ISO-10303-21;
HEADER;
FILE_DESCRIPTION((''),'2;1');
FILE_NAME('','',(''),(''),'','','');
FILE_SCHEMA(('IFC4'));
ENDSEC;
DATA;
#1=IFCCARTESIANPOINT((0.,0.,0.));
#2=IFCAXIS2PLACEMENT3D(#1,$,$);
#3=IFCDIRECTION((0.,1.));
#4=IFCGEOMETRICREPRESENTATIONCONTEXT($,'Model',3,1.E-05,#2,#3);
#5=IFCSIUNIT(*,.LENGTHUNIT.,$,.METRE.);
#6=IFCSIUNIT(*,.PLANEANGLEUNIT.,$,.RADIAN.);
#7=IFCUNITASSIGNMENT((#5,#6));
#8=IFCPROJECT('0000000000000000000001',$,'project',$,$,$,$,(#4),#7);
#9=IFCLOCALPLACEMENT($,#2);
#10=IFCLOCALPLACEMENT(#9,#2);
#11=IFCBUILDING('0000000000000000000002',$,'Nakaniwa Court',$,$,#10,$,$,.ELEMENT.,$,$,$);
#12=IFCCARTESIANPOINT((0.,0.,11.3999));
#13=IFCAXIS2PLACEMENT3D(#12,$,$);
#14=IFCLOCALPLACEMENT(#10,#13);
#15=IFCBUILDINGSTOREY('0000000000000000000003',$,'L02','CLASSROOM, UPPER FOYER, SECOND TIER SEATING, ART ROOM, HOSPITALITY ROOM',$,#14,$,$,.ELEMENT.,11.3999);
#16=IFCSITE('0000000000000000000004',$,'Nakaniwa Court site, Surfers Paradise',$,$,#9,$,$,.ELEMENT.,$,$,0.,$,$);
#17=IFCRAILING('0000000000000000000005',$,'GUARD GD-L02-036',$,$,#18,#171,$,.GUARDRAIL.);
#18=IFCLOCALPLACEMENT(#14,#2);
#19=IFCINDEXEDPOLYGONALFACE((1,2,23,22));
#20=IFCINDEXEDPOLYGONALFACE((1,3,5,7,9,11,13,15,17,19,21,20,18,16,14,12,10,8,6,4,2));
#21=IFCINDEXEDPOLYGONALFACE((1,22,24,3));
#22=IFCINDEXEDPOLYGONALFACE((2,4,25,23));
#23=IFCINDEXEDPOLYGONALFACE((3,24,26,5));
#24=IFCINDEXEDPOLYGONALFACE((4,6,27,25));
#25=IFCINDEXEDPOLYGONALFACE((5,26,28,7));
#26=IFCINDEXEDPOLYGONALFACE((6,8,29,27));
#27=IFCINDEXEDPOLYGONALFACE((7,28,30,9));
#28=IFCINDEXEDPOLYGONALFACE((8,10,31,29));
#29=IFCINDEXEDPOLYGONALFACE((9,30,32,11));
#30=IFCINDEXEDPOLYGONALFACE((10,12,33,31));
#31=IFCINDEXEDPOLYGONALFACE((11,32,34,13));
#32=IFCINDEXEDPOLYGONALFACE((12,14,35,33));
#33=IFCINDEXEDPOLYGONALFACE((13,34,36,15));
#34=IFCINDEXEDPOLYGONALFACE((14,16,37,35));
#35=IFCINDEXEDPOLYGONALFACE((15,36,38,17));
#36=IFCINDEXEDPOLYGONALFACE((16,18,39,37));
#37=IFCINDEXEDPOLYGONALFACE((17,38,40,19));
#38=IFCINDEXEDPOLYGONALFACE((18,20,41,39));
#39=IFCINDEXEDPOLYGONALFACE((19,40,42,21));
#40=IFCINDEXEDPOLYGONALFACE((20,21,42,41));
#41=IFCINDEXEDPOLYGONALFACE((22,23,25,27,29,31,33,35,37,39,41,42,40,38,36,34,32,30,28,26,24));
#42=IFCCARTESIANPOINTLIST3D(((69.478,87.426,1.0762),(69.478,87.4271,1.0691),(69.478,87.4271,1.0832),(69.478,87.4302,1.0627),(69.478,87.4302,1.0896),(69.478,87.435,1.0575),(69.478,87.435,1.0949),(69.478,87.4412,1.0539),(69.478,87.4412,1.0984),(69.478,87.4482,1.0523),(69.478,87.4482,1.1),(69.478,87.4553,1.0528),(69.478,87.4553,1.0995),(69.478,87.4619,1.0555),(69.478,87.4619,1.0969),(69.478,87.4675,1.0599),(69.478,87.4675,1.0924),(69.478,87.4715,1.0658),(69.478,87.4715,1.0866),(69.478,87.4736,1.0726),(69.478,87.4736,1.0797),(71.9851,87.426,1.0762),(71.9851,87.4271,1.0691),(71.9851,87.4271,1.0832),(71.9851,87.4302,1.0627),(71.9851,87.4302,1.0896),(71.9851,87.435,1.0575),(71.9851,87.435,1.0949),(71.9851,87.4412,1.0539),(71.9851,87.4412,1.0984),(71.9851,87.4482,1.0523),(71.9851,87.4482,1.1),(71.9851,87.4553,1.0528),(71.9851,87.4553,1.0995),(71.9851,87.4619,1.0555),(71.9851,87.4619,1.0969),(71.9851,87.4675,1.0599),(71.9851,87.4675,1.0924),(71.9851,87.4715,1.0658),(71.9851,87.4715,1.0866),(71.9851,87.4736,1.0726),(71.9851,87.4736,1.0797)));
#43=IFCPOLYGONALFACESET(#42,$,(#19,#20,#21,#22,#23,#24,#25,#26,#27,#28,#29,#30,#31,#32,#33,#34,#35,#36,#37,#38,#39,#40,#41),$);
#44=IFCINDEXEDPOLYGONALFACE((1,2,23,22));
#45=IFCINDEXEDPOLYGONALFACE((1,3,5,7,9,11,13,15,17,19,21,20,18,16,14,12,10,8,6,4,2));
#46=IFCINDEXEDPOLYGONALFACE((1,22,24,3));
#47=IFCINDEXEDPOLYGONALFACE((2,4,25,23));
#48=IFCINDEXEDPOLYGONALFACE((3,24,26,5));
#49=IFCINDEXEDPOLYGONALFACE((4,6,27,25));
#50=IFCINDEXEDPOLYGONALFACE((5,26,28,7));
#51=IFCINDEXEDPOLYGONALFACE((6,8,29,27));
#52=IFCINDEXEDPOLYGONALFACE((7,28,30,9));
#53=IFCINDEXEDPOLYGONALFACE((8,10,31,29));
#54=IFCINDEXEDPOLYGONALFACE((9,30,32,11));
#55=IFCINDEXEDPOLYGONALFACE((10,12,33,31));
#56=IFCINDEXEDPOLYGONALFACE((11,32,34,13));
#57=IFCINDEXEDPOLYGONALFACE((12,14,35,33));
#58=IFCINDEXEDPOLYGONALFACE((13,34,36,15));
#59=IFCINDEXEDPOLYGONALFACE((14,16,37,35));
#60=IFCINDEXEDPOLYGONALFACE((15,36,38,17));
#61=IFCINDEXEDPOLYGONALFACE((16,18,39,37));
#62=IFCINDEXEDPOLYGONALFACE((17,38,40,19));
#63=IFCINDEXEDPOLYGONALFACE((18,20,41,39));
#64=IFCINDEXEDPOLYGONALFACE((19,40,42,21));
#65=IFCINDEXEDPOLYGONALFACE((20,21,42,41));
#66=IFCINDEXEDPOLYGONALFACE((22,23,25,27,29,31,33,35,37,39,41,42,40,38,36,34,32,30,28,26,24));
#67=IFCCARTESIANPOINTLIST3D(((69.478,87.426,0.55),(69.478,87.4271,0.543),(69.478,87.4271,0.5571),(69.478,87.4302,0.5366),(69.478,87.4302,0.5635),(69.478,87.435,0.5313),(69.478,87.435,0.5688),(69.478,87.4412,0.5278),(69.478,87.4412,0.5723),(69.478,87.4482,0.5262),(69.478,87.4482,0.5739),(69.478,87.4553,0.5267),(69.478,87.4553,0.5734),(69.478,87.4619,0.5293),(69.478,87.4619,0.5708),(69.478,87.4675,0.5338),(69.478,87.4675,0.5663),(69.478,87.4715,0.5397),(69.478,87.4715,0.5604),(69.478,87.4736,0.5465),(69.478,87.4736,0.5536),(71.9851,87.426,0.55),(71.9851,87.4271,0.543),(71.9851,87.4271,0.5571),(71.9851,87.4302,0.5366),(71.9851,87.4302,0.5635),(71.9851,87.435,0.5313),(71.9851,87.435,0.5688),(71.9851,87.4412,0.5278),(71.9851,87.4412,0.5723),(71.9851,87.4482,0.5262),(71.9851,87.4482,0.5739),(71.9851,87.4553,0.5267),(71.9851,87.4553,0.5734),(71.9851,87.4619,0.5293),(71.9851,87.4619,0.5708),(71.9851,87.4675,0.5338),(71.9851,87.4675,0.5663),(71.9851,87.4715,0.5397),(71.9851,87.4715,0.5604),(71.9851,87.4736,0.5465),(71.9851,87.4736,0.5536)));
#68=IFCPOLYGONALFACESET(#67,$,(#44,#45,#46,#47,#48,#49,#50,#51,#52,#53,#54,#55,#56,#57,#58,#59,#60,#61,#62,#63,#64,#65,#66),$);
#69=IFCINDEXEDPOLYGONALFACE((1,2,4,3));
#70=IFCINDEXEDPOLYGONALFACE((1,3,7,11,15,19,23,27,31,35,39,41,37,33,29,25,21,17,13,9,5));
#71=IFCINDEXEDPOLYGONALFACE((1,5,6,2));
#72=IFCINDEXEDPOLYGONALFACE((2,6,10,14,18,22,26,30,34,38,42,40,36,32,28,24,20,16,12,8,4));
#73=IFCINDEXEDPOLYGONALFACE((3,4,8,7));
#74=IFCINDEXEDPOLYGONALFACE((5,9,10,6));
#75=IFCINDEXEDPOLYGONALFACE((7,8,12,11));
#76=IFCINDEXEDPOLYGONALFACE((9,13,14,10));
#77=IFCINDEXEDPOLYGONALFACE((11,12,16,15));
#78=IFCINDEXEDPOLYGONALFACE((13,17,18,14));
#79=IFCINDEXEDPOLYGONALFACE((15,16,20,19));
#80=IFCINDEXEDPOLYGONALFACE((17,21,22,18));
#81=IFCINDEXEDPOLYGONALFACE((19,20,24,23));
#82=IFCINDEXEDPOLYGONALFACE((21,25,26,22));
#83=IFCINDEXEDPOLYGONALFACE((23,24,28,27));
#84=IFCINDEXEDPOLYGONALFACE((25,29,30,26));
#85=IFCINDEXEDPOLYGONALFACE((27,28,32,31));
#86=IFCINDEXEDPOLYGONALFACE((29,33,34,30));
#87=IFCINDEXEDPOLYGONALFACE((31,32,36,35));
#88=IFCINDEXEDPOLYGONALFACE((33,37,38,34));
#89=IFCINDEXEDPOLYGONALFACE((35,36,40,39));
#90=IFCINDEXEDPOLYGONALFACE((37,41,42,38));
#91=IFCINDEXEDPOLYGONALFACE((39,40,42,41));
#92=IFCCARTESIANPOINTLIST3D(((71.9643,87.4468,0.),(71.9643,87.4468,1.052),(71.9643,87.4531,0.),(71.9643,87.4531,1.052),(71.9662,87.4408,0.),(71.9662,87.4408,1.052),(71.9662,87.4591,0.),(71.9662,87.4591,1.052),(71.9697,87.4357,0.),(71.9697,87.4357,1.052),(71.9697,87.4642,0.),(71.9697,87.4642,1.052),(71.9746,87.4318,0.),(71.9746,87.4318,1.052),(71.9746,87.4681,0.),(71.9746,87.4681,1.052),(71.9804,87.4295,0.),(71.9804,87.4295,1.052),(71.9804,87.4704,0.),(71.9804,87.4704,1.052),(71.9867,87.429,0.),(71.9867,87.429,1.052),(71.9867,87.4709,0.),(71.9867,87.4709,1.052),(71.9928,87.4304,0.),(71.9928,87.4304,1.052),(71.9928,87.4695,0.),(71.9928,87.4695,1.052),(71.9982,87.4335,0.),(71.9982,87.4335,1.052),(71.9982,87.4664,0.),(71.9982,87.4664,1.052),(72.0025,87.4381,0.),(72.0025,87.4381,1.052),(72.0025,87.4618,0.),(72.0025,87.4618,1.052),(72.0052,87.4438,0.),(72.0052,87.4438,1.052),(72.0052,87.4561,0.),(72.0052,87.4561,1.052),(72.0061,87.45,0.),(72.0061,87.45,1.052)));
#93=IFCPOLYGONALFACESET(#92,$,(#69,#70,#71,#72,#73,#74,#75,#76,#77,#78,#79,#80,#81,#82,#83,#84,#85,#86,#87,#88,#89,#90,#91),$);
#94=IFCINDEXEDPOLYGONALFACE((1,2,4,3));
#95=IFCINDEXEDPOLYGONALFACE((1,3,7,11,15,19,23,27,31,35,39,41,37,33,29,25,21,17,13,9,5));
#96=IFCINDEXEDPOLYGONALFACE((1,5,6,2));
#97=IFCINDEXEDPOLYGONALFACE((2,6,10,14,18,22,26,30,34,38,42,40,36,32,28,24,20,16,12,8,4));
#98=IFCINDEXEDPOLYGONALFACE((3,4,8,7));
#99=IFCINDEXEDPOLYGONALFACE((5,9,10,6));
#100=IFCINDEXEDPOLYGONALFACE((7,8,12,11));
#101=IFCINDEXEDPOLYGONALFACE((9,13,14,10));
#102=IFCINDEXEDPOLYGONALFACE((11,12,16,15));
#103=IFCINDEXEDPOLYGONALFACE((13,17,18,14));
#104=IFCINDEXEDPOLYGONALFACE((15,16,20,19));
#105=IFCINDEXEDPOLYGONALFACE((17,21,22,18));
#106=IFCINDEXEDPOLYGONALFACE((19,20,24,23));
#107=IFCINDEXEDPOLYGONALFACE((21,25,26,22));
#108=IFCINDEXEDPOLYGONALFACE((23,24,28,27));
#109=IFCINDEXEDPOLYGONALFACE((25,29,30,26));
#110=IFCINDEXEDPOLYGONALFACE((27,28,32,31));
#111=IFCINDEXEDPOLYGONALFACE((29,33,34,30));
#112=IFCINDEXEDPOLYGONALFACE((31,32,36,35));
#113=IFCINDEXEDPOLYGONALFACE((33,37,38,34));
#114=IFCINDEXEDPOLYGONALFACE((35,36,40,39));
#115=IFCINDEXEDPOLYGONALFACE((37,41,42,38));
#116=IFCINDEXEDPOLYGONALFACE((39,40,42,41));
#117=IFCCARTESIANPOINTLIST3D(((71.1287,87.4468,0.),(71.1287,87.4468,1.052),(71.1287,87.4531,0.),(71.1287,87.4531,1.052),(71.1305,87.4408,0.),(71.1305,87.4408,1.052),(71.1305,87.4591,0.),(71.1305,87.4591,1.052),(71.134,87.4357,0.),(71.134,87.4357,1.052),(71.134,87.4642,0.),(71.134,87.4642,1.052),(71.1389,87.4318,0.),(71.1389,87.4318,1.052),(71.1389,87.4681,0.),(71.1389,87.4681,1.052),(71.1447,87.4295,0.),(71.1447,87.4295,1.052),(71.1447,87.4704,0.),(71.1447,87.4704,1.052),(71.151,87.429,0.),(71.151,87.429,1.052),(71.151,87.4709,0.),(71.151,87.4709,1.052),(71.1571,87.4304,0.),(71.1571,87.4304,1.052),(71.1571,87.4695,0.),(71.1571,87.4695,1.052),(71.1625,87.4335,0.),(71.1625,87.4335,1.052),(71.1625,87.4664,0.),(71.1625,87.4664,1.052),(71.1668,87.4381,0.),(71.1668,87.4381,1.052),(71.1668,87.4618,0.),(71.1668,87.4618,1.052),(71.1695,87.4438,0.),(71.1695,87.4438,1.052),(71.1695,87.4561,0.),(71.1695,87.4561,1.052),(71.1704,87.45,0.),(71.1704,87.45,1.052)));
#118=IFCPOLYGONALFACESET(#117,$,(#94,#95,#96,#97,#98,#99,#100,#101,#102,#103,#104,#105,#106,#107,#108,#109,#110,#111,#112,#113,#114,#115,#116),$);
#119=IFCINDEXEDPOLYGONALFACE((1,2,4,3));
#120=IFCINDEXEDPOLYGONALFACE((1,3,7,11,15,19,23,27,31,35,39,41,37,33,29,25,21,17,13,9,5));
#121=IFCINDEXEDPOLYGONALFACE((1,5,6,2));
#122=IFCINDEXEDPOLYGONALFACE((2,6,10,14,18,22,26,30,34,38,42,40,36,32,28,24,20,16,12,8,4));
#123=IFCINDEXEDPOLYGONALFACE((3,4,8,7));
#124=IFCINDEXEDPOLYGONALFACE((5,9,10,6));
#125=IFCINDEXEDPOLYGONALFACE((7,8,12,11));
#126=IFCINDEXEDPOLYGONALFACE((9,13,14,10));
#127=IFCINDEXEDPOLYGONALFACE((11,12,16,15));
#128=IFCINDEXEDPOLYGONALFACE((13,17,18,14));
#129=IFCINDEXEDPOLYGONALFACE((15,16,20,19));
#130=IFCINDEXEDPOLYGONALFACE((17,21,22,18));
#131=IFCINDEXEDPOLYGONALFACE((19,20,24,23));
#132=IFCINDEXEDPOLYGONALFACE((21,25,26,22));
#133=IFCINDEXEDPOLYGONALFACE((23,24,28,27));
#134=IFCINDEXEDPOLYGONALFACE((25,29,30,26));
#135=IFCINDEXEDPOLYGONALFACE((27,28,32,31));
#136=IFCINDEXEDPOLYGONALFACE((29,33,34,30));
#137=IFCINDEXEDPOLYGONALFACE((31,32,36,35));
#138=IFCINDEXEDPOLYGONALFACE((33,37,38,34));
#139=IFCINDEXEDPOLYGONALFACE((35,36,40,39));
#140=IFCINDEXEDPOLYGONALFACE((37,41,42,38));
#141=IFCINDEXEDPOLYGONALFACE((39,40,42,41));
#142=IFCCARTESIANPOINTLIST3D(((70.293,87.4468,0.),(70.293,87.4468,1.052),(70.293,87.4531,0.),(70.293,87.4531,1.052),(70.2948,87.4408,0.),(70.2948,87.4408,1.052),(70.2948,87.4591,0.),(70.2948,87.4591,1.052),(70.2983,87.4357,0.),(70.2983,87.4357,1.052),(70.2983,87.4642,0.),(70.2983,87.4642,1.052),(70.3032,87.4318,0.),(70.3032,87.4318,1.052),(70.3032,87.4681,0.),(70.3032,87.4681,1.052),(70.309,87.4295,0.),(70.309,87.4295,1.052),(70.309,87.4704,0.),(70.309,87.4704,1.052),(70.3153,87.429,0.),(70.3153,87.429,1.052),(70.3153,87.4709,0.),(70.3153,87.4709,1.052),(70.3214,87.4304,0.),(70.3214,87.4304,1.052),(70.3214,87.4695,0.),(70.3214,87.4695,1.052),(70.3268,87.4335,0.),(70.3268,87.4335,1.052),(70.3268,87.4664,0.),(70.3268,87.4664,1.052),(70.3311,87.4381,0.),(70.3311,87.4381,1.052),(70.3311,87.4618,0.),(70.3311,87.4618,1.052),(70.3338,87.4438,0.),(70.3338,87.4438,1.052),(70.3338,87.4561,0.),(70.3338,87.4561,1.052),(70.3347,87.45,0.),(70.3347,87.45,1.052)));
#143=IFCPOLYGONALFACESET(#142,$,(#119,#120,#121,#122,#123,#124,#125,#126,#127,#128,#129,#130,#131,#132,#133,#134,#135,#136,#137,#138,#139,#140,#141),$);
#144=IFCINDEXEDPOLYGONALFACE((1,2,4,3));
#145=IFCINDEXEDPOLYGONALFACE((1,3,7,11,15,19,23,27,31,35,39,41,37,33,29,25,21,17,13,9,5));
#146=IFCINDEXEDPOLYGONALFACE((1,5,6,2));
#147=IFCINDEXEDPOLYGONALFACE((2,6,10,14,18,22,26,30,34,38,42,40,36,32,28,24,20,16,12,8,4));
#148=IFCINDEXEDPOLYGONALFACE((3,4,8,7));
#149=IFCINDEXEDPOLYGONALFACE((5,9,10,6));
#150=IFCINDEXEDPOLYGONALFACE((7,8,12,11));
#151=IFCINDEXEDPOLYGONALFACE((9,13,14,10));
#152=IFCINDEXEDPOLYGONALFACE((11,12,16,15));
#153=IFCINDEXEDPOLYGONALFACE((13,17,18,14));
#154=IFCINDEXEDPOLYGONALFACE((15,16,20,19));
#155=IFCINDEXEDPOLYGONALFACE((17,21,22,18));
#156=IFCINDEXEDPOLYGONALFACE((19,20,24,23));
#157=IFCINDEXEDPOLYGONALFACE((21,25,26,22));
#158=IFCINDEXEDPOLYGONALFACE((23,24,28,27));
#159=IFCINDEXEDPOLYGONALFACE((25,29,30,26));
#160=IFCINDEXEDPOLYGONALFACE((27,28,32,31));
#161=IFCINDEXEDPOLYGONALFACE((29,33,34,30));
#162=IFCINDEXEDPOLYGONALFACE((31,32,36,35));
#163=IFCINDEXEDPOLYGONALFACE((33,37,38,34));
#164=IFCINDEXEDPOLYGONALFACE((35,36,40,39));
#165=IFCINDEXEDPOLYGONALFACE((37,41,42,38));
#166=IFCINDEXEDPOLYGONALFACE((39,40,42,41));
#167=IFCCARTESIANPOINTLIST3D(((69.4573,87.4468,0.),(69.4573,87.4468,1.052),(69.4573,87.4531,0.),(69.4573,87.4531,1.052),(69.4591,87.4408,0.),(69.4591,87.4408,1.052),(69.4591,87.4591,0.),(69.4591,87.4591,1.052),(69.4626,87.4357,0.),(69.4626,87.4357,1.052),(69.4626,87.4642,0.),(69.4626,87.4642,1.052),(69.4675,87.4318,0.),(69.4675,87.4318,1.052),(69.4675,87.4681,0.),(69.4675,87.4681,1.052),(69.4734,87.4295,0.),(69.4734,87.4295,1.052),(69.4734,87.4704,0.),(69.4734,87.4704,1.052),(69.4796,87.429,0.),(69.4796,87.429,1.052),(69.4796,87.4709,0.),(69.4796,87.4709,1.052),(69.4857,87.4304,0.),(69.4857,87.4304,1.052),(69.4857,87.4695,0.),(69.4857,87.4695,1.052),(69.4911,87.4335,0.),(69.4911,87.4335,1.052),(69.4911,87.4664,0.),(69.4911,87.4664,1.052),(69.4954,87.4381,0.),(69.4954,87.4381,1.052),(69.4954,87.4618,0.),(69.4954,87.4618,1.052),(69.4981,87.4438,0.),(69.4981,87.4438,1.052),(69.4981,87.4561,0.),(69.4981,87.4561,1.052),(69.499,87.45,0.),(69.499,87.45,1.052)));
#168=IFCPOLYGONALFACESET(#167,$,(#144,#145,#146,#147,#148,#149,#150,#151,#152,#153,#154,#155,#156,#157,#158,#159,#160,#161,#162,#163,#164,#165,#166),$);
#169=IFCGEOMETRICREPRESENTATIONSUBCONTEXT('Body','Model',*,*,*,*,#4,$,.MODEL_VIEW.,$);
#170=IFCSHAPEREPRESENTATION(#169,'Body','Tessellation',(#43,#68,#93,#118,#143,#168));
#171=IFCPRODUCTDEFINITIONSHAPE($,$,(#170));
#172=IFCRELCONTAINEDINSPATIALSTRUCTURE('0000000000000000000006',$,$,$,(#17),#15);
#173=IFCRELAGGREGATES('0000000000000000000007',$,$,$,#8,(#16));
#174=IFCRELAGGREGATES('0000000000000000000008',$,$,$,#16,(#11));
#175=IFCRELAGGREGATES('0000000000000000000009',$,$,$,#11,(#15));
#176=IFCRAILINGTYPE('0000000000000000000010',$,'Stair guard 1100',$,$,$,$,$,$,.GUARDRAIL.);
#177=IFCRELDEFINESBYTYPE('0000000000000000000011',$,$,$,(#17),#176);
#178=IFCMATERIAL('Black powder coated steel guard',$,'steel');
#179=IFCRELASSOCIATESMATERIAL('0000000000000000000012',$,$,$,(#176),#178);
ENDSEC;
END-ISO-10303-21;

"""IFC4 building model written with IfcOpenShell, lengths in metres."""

from ifc_helpers import new_model, si_unit, direction, frame, origin, origin_2d, place, context, subcontext, project, spatial, circle, extrude, material, type_object, element, save


model = new_model("IFC4")

# Units and contexts
model_context = context("Model", 3, precision=1e-05, world=origin(), true_north=direction((0.0, 1.0)))
body_context = subcontext(model_context, "Body", "Model", "MODEL_VIEW")
ifc_project = project(units=[si_unit("LENGTHUNIT", "METRE"), si_unit("PLANEANGLEUNIT", "RADIAN")], contexts=[model_context])

# Site, building, storey
site_placement = place(None, origin())
site = spatial("IfcSite", under=ifc_project, at=site_placement, Name="Nakaniwa Court site, Surfers Paradise", CompositionType="ELEMENT", RefElevation=0.0)
building_placement = place(site_placement, origin())
building = spatial("IfcBuilding", under=site, at=building_placement, Name="Nakaniwa Court", CompositionType="ELEMENT")
storey_placement = place(building_placement, frame((0.0, 0.0, 11.3999)))
storey = spatial("IfcBuildingStorey", under=building, at=storey_placement, Name="L02", Description="CLASSROOM, UPPER FOYER, SECOND TIER SEATING, ART ROOM, HOSPITALITY ROOM", CompositionType="ELEMENT", Elevation=11.3999)

# Railing
ifc_material_1 = material(Name="Black powder coated steel guard", Category="steel")
railing_type = type_object("IfcRailingType", Name="Stair guard 1100", PredefinedType="GUARDRAIL", material=ifc_material_1)
railing_1_placement = place(storey_placement, frame((71.9851, 87.45, 0.0)))
element("IfcRailing", 1, at=railing_1_placement, inside=storey, type_object=railing_type, Name="GUARD GD-L02-036", PredefinedType="GUARDRAIL", context=body_context, shape_type="SweptSolid", body=[
    extrude(circle(Radius=0.0239, at=origin_2d()), frame((0.0, 0.0, 1.0762), z_axis=(-1.0, 0.0, 0.0), x_axis=(0.0, -1.0, 0.0)), (0.0, 0.0, 1.0), 2.5071),
    extrude(circle(Radius=0.0239, at=origin_2d()), frame((0.0, 0.0, 0.55), z_axis=(-1.0, 0.0, 0.0), x_axis=(0.0, -1.0, 0.0)), (0.0, 0.0, 1.0), 2.5071),
    extrude(circle(Radius=0.021, at=origin_2d()), origin(), (0.0, 0.0, 1.0), 1.052),
    extrude(circle(Radius=0.021, at=origin_2d()), frame((-0.8357, 0.0, 0.0)), (0.0, 0.0, 1.0), 1.052),
    extrude(circle(Radius=0.021, at=origin_2d()), frame((-1.6714, 0.0, 0.0)), (0.0, 0.0, 1.0), 1.052),
    extrude(circle(Radius=0.021, at=origin_2d()), frame((-2.5071, 0.0, 0.0)), (0.0, 0.0, 1.0), 1.052),
])

save(model, "model.ifc")
